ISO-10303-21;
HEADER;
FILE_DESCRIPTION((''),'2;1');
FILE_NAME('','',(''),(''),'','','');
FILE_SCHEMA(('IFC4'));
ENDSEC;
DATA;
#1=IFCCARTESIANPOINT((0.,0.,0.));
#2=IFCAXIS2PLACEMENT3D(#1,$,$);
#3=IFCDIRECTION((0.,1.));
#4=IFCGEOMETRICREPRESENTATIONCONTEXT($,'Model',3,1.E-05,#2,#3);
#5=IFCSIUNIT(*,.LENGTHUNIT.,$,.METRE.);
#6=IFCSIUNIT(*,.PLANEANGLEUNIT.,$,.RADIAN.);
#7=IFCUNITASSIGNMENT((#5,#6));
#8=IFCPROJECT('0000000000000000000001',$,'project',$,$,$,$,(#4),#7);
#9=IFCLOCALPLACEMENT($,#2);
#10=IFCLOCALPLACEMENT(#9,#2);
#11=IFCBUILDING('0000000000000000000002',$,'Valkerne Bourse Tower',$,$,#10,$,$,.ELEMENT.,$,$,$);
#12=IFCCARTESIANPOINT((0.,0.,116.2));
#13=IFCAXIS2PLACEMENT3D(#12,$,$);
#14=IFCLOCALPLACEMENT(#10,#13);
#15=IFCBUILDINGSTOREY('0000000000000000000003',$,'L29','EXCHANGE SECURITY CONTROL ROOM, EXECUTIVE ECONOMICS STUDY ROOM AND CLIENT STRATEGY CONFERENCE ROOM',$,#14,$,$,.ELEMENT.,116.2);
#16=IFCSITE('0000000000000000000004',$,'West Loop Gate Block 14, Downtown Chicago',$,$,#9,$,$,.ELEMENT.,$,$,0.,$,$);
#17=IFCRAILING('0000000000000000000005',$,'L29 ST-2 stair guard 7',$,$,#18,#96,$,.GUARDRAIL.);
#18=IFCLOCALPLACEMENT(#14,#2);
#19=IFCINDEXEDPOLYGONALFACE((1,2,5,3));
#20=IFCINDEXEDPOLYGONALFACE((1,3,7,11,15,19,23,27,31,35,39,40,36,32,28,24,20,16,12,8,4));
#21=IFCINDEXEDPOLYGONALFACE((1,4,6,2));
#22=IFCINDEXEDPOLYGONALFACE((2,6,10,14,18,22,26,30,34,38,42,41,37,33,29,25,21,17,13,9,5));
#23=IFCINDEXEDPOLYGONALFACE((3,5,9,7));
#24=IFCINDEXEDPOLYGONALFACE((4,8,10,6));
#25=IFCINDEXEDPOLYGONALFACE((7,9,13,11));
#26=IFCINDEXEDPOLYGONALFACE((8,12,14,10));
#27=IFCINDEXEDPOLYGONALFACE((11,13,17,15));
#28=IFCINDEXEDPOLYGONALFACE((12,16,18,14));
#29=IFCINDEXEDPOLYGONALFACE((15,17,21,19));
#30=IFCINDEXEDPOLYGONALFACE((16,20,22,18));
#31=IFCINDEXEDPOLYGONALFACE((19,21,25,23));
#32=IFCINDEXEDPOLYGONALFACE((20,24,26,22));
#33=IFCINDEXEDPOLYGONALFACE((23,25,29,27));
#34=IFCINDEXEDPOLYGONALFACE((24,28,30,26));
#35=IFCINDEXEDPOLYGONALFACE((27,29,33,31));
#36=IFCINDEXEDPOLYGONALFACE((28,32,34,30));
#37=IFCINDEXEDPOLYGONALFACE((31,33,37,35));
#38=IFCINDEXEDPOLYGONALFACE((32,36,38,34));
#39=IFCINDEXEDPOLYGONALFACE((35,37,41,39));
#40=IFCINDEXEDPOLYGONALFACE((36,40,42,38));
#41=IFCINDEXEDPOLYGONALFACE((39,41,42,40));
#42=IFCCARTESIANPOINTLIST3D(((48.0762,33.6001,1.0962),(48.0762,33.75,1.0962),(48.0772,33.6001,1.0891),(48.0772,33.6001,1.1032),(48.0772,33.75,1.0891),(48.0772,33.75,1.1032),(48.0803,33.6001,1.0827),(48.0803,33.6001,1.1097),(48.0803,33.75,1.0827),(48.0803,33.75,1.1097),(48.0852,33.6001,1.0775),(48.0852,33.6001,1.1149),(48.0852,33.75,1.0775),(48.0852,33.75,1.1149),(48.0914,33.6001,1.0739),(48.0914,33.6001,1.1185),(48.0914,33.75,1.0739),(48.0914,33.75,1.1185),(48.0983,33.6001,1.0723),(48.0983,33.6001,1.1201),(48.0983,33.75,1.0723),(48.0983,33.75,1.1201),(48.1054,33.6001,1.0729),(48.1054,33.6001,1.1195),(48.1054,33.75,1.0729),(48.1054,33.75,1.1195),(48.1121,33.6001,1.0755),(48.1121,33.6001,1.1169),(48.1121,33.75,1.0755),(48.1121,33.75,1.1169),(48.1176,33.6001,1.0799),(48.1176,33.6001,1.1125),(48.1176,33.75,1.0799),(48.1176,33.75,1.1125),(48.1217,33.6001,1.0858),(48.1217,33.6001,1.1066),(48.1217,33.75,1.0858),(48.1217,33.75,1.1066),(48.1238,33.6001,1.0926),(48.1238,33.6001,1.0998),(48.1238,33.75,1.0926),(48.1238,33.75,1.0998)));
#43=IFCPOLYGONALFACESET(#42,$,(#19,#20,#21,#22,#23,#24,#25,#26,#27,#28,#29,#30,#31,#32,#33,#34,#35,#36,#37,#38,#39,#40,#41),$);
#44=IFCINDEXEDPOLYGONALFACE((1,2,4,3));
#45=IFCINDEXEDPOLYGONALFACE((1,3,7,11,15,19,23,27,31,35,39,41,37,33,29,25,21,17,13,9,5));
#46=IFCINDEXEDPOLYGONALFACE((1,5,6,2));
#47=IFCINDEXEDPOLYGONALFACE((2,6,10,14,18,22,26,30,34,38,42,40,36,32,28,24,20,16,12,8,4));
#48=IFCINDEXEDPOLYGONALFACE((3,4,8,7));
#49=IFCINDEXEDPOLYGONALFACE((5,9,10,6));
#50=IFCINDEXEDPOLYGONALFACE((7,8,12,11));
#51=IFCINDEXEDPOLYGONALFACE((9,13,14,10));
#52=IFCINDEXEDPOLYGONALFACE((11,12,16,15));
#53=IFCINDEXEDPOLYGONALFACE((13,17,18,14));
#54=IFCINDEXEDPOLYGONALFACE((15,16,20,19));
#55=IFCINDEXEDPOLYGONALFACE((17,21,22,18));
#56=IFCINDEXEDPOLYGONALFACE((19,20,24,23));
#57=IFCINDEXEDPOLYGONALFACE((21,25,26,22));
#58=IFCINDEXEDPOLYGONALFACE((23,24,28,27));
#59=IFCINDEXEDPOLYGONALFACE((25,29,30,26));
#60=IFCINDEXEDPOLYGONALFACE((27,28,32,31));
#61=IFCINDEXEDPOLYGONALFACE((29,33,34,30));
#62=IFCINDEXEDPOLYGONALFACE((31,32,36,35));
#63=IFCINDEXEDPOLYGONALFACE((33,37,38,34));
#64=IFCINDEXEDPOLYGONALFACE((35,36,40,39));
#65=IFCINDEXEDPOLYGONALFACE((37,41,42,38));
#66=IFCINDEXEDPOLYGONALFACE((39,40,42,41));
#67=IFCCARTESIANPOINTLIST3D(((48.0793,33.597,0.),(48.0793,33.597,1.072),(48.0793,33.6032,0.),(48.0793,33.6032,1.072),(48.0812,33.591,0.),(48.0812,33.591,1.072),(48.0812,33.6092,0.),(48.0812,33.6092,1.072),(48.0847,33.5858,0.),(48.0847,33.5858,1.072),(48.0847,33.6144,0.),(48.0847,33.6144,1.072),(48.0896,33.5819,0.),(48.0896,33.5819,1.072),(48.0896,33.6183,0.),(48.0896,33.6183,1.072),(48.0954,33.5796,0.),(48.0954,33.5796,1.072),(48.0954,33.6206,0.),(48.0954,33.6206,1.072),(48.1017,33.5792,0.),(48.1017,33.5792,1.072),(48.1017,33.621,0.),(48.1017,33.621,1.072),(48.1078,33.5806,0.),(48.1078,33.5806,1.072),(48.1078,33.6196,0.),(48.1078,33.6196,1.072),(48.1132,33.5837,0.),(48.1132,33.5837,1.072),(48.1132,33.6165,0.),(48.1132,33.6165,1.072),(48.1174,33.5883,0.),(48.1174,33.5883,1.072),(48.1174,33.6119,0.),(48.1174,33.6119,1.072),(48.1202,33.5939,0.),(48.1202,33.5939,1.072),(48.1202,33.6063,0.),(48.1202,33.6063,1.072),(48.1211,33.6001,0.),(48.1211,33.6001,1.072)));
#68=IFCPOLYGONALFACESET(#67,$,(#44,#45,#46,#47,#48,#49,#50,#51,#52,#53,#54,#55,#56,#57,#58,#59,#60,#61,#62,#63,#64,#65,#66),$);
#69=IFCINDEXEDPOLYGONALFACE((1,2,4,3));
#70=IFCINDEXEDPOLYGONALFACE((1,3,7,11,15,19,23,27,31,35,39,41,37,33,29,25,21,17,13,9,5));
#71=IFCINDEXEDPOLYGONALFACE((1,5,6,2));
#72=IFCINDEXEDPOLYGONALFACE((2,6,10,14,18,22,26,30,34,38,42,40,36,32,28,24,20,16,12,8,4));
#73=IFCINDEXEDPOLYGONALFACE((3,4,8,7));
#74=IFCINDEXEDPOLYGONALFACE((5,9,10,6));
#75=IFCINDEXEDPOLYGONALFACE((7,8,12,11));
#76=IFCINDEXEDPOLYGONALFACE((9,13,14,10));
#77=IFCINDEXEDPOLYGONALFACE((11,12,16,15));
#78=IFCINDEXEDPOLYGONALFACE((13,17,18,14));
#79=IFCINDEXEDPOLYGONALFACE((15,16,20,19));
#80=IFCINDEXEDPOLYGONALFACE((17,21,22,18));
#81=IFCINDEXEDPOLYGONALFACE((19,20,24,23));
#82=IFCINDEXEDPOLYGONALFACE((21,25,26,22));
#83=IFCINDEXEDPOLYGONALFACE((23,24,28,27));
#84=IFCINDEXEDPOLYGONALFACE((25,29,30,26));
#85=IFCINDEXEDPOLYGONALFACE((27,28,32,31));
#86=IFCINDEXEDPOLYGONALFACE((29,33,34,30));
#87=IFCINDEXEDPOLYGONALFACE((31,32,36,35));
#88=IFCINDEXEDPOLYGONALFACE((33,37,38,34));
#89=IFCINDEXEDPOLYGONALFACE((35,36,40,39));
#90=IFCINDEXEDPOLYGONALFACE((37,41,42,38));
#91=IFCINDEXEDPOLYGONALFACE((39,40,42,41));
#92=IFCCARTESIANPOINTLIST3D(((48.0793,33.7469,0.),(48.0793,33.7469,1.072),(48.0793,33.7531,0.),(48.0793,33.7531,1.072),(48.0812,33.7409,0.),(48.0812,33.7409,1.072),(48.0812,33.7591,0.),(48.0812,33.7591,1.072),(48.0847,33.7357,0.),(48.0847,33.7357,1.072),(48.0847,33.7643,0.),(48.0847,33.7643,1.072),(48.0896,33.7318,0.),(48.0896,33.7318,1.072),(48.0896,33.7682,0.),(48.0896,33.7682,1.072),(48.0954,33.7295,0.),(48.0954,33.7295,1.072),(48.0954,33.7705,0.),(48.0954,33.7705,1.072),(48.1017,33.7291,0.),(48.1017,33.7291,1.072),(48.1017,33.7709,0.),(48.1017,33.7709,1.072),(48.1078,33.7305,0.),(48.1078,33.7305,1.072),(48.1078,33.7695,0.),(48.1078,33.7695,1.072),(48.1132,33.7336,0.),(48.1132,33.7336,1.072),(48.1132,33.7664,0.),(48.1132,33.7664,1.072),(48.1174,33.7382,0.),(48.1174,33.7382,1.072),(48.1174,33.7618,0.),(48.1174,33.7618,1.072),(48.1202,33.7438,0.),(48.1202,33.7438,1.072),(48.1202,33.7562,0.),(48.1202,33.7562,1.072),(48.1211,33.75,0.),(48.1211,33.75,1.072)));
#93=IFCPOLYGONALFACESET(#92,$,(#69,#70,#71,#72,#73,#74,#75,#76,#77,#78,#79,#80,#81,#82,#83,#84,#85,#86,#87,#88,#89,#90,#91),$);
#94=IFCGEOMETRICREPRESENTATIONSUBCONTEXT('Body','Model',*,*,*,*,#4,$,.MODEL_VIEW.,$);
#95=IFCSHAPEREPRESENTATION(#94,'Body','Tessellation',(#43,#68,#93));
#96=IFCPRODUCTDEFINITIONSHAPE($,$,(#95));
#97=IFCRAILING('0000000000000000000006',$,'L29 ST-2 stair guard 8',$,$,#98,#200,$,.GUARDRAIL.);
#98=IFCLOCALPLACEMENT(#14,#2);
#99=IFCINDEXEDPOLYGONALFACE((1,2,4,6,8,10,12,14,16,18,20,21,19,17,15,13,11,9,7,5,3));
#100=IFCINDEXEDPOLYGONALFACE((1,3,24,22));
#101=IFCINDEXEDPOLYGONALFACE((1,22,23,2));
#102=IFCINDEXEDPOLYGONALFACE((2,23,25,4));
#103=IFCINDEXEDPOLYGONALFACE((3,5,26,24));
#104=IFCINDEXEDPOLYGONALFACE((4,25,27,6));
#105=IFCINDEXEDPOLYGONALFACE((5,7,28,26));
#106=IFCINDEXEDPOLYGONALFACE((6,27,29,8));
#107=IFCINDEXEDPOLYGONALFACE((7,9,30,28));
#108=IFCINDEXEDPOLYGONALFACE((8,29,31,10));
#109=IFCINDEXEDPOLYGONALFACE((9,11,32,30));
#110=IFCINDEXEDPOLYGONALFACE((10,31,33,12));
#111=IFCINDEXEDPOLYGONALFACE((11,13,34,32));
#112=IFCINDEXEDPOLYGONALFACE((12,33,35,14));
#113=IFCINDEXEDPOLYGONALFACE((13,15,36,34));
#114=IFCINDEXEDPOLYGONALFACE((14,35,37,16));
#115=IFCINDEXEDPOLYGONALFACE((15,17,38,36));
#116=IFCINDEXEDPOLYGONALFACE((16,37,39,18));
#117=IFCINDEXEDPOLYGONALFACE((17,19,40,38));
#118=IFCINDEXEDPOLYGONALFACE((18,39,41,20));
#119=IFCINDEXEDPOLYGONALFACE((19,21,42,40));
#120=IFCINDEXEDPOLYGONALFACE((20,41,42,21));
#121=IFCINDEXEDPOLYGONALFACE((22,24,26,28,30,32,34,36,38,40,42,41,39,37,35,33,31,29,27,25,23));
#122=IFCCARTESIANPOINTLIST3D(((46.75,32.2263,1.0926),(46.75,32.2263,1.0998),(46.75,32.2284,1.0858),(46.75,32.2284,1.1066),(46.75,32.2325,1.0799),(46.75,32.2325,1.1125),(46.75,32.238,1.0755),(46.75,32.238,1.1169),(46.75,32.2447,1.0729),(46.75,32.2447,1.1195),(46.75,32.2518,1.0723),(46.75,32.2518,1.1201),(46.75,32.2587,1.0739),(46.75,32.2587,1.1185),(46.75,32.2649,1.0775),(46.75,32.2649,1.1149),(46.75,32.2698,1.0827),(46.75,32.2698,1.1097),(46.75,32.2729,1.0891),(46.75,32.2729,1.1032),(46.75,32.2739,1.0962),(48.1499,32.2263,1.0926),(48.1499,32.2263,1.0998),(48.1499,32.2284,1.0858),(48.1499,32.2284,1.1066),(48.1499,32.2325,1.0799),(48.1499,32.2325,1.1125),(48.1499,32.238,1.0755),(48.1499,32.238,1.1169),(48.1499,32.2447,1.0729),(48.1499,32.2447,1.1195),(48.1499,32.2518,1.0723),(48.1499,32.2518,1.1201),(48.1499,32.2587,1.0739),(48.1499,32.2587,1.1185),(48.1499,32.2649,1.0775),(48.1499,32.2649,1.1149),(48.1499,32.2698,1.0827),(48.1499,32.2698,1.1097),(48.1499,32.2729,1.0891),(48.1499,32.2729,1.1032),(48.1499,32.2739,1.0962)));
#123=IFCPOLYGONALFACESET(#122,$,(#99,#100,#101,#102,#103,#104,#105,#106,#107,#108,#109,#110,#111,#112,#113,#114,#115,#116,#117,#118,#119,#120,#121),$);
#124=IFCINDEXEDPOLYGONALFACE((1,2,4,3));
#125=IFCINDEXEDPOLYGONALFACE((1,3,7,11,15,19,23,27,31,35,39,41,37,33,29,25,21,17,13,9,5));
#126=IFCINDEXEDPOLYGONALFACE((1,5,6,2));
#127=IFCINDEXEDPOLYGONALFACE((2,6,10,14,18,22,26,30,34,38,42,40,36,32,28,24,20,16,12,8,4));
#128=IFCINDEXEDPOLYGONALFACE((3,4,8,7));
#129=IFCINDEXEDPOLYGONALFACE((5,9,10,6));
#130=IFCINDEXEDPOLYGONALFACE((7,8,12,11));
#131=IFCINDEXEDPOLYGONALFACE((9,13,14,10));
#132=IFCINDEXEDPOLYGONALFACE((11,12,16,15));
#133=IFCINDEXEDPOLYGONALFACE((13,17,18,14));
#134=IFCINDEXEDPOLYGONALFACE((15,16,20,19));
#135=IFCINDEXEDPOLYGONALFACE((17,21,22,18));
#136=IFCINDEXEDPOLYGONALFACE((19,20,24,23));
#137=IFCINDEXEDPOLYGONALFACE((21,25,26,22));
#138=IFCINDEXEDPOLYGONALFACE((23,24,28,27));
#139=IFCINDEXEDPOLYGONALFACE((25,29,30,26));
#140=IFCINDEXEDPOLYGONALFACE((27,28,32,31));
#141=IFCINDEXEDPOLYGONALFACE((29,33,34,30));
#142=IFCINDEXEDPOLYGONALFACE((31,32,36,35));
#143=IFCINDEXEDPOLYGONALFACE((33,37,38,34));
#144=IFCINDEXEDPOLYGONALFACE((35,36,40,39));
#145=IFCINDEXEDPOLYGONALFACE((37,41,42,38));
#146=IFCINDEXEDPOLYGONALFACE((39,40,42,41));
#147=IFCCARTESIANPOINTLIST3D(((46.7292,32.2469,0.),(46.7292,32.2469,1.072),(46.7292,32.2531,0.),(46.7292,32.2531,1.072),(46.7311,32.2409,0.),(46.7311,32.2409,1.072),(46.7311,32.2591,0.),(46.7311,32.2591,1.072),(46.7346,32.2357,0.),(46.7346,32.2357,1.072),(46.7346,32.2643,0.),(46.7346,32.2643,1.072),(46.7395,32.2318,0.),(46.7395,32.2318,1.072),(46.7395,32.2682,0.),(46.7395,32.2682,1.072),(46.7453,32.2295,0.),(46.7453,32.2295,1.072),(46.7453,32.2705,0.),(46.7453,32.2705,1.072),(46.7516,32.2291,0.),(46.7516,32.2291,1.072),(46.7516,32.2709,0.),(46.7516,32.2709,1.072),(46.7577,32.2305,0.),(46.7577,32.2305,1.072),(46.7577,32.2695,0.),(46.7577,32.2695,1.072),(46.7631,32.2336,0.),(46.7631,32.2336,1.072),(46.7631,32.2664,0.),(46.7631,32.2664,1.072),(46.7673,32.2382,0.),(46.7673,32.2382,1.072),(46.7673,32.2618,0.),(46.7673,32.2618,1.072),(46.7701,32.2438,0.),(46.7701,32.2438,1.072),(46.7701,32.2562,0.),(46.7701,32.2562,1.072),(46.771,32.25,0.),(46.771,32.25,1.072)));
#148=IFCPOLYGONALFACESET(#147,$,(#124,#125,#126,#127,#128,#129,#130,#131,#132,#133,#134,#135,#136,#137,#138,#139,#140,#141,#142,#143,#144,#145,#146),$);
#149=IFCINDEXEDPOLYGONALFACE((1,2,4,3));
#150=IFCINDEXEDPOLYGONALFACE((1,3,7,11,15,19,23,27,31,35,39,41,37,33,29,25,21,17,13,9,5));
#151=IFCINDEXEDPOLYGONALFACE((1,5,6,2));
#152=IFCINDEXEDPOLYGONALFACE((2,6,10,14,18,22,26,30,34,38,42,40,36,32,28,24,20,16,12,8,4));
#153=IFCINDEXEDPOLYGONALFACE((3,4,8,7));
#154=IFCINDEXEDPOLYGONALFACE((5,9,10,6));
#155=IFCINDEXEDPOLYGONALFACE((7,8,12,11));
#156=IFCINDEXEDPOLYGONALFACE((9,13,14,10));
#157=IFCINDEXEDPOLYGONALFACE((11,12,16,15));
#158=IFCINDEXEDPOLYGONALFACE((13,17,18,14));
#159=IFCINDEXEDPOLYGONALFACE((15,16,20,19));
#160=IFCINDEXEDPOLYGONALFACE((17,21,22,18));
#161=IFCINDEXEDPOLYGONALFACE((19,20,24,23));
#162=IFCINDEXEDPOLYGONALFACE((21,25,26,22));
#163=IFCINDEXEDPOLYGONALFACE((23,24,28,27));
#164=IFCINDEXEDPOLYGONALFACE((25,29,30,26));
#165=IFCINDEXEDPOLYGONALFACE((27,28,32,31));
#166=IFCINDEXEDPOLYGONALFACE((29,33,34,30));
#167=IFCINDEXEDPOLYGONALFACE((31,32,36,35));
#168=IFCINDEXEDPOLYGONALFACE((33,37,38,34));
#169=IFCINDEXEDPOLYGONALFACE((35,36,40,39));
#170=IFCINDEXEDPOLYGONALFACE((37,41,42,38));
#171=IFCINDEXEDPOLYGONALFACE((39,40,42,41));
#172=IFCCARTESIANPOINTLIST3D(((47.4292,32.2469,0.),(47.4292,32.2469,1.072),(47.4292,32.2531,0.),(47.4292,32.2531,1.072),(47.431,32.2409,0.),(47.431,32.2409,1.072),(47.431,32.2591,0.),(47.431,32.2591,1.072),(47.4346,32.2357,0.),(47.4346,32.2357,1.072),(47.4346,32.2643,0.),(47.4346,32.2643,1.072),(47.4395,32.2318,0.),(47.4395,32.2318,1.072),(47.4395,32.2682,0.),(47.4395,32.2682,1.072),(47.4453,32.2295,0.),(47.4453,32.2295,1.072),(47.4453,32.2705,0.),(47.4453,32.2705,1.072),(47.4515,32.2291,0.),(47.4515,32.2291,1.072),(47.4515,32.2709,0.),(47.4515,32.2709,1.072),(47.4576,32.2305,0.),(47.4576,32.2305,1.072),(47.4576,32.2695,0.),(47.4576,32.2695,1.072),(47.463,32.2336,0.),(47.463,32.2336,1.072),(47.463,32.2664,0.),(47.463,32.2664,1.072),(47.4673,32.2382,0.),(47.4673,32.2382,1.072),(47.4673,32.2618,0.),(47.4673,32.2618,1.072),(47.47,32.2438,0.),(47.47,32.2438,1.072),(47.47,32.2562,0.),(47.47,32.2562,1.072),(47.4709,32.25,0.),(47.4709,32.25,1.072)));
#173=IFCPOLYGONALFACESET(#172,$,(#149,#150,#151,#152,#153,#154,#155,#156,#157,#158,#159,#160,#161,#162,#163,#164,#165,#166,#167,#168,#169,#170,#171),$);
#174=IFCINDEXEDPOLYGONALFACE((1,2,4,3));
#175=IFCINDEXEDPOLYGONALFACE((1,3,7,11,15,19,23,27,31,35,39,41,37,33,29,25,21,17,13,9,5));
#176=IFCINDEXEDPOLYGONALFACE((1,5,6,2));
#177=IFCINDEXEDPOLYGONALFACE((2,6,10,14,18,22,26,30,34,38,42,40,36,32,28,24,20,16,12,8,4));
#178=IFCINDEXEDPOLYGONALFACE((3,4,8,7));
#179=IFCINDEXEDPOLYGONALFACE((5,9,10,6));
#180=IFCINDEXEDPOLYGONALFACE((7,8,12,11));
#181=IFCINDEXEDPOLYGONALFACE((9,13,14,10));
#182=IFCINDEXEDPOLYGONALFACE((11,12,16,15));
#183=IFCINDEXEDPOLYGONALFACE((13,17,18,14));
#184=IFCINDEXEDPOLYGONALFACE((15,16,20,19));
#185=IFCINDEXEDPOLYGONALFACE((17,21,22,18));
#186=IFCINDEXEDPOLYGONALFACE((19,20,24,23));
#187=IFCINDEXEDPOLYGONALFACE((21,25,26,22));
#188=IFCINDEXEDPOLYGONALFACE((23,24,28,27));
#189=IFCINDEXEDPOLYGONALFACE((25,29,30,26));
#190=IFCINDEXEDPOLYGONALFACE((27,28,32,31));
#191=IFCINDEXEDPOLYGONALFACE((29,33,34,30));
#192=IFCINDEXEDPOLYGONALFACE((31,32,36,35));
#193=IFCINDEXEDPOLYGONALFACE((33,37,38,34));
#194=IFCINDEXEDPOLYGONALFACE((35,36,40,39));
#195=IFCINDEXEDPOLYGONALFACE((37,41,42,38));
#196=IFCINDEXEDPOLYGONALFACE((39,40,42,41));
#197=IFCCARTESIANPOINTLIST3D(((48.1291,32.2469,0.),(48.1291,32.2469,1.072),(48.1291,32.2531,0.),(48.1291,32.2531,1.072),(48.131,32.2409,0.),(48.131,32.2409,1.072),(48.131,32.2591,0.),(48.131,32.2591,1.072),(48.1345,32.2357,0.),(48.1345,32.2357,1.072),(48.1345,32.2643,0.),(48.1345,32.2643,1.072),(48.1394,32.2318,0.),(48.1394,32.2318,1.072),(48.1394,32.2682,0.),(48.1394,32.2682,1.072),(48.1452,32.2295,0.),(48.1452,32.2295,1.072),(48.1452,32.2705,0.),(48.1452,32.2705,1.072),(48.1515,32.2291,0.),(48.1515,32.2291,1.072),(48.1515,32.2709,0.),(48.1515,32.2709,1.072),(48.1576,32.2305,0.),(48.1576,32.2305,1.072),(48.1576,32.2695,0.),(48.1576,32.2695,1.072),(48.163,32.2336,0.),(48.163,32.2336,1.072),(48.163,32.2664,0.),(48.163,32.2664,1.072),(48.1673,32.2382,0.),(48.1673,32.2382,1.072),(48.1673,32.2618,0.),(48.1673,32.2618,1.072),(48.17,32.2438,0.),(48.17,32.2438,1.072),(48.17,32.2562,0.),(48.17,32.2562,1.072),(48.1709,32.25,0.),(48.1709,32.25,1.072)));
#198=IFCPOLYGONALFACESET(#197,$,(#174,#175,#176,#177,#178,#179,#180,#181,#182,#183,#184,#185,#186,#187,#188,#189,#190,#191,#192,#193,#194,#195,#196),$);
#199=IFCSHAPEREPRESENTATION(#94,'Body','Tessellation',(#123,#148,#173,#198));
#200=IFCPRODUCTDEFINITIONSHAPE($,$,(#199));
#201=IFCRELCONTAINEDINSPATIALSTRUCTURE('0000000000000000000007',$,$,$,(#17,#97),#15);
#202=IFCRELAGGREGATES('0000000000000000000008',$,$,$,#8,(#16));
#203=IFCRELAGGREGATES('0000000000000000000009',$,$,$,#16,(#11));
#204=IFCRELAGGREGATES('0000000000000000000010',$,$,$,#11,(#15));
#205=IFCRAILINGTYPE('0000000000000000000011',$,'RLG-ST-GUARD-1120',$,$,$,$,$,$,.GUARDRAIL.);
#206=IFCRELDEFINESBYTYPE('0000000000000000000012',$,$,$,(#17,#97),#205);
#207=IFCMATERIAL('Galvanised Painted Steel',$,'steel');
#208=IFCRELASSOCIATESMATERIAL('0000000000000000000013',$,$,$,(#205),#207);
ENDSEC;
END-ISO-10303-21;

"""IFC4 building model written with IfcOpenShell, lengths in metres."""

from ifc_helpers import new_model, si_unit, direction, frame, origin, origin_2d, place, context, subcontext, project, spatial, circle, extrude, material, type_object, element, save


model = new_model("IFC4")

# Units and contexts
model_context = context("Model", 3, precision=1e-05, world=origin(), true_north=direction((0.0, 1.0)))
body_context = subcontext(model_context, "Body", "Model", "MODEL_VIEW")
ifc_project = project(units=[si_unit("LENGTHUNIT", "METRE"), si_unit("PLANEANGLEUNIT", "RADIAN")], contexts=[model_context])

# Site, building, storey
site_placement = place(None, origin())
site = spatial("IfcSite", under=ifc_project, at=site_placement, Name="West Loop Gate Block 14, Downtown Chicago", CompositionType="ELEMENT", RefElevation=0.0)
building_placement = place(site_placement, origin())
building = spatial("IfcBuilding", under=site, at=building_placement, Name="Valkerne Bourse Tower", CompositionType="ELEMENT")
storey_placement = place(building_placement, frame((0.0, 0.0, 116.2)))
storey = spatial("IfcBuildingStorey", under=building, at=storey_placement, Name="L29", Description="EXCHANGE SECURITY CONTROL ROOM, EXECUTIVE ECONOMICS STUDY ROOM AND CLIENT STRATEGY CONFERENCE ROOM", CompositionType="ELEMENT", Elevation=116.2)

# Shared definitions
ifc_material_1 = material(Name="Galvanised Painted Steel", Category="steel")

# Railings
railing_type_1 = type_object("IfcRailingType", Name="RLG-ST-GUARD-1120", PredefinedType="GUARDRAIL", material=ifc_material_1)
railing_1_placement = place(storey_placement, frame((48.1001, 33.6001, 0.0)))
element("IfcRailing", 1, at=railing_1_placement, inside=storey, type_object=railing_type_1, Name="L29 ST-2 stair guard 7", PredefinedType="GUARDRAIL", context=body_context, shape_type="SweptSolid", body=[
    extrude(circle(Radius=0.0239, at=origin_2d()), frame((0.0, 0.0, 1.0962), z_axis=(0.0, 1.0, 0.0), x_axis=(-1.0, 0.0, 0.0)), (0.0, 0.0, 1.0), 0.1499),
    extrude(circle(Radius=0.021, at=origin_2d()), origin(), (0.0, 0.0, 1.0), 1.072),
    extrude(circle(Radius=0.021, at=origin_2d()), frame((0.0, 0.1499, 0.0)), (0.0, 0.0, 1.0), 1.072),
])
for number, where, name in (
    (2, (46.75, 32.25, 0.0), "L29 ST-2 stair guard 8"),
):
    element("IfcRailing", number, at=place(storey_placement, frame(where)), inside=storey, type_object=railing_type_1, Name=name, PredefinedType="GUARDRAIL", context=body_context, shape_type="SweptSolid", body=[
        extrude(circle(Radius=0.0239, at=origin_2d()), frame((0.0, 0.0, 1.0962), z_axis=(1.0, 0.0, 0.0), x_axis=(0.0, 1.0, 0.0)), (0.0, 0.0, 1.0), 1.3999),
        extrude(circle(Radius=0.021, at=origin_2d()), origin(), (0.0, 0.0, 1.0), 1.072),
        extrude(circle(Radius=0.021, at=origin_2d()), frame((0.7, 0.0, 0.0)), (0.0, 0.0, 1.0), 1.072),
        extrude(circle(Radius=0.021, at=origin_2d()), frame((1.3999, 0.0, 0.0)), (0.0, 0.0, 1.0), 1.072),
    ])

save(model, "model.ifc")
